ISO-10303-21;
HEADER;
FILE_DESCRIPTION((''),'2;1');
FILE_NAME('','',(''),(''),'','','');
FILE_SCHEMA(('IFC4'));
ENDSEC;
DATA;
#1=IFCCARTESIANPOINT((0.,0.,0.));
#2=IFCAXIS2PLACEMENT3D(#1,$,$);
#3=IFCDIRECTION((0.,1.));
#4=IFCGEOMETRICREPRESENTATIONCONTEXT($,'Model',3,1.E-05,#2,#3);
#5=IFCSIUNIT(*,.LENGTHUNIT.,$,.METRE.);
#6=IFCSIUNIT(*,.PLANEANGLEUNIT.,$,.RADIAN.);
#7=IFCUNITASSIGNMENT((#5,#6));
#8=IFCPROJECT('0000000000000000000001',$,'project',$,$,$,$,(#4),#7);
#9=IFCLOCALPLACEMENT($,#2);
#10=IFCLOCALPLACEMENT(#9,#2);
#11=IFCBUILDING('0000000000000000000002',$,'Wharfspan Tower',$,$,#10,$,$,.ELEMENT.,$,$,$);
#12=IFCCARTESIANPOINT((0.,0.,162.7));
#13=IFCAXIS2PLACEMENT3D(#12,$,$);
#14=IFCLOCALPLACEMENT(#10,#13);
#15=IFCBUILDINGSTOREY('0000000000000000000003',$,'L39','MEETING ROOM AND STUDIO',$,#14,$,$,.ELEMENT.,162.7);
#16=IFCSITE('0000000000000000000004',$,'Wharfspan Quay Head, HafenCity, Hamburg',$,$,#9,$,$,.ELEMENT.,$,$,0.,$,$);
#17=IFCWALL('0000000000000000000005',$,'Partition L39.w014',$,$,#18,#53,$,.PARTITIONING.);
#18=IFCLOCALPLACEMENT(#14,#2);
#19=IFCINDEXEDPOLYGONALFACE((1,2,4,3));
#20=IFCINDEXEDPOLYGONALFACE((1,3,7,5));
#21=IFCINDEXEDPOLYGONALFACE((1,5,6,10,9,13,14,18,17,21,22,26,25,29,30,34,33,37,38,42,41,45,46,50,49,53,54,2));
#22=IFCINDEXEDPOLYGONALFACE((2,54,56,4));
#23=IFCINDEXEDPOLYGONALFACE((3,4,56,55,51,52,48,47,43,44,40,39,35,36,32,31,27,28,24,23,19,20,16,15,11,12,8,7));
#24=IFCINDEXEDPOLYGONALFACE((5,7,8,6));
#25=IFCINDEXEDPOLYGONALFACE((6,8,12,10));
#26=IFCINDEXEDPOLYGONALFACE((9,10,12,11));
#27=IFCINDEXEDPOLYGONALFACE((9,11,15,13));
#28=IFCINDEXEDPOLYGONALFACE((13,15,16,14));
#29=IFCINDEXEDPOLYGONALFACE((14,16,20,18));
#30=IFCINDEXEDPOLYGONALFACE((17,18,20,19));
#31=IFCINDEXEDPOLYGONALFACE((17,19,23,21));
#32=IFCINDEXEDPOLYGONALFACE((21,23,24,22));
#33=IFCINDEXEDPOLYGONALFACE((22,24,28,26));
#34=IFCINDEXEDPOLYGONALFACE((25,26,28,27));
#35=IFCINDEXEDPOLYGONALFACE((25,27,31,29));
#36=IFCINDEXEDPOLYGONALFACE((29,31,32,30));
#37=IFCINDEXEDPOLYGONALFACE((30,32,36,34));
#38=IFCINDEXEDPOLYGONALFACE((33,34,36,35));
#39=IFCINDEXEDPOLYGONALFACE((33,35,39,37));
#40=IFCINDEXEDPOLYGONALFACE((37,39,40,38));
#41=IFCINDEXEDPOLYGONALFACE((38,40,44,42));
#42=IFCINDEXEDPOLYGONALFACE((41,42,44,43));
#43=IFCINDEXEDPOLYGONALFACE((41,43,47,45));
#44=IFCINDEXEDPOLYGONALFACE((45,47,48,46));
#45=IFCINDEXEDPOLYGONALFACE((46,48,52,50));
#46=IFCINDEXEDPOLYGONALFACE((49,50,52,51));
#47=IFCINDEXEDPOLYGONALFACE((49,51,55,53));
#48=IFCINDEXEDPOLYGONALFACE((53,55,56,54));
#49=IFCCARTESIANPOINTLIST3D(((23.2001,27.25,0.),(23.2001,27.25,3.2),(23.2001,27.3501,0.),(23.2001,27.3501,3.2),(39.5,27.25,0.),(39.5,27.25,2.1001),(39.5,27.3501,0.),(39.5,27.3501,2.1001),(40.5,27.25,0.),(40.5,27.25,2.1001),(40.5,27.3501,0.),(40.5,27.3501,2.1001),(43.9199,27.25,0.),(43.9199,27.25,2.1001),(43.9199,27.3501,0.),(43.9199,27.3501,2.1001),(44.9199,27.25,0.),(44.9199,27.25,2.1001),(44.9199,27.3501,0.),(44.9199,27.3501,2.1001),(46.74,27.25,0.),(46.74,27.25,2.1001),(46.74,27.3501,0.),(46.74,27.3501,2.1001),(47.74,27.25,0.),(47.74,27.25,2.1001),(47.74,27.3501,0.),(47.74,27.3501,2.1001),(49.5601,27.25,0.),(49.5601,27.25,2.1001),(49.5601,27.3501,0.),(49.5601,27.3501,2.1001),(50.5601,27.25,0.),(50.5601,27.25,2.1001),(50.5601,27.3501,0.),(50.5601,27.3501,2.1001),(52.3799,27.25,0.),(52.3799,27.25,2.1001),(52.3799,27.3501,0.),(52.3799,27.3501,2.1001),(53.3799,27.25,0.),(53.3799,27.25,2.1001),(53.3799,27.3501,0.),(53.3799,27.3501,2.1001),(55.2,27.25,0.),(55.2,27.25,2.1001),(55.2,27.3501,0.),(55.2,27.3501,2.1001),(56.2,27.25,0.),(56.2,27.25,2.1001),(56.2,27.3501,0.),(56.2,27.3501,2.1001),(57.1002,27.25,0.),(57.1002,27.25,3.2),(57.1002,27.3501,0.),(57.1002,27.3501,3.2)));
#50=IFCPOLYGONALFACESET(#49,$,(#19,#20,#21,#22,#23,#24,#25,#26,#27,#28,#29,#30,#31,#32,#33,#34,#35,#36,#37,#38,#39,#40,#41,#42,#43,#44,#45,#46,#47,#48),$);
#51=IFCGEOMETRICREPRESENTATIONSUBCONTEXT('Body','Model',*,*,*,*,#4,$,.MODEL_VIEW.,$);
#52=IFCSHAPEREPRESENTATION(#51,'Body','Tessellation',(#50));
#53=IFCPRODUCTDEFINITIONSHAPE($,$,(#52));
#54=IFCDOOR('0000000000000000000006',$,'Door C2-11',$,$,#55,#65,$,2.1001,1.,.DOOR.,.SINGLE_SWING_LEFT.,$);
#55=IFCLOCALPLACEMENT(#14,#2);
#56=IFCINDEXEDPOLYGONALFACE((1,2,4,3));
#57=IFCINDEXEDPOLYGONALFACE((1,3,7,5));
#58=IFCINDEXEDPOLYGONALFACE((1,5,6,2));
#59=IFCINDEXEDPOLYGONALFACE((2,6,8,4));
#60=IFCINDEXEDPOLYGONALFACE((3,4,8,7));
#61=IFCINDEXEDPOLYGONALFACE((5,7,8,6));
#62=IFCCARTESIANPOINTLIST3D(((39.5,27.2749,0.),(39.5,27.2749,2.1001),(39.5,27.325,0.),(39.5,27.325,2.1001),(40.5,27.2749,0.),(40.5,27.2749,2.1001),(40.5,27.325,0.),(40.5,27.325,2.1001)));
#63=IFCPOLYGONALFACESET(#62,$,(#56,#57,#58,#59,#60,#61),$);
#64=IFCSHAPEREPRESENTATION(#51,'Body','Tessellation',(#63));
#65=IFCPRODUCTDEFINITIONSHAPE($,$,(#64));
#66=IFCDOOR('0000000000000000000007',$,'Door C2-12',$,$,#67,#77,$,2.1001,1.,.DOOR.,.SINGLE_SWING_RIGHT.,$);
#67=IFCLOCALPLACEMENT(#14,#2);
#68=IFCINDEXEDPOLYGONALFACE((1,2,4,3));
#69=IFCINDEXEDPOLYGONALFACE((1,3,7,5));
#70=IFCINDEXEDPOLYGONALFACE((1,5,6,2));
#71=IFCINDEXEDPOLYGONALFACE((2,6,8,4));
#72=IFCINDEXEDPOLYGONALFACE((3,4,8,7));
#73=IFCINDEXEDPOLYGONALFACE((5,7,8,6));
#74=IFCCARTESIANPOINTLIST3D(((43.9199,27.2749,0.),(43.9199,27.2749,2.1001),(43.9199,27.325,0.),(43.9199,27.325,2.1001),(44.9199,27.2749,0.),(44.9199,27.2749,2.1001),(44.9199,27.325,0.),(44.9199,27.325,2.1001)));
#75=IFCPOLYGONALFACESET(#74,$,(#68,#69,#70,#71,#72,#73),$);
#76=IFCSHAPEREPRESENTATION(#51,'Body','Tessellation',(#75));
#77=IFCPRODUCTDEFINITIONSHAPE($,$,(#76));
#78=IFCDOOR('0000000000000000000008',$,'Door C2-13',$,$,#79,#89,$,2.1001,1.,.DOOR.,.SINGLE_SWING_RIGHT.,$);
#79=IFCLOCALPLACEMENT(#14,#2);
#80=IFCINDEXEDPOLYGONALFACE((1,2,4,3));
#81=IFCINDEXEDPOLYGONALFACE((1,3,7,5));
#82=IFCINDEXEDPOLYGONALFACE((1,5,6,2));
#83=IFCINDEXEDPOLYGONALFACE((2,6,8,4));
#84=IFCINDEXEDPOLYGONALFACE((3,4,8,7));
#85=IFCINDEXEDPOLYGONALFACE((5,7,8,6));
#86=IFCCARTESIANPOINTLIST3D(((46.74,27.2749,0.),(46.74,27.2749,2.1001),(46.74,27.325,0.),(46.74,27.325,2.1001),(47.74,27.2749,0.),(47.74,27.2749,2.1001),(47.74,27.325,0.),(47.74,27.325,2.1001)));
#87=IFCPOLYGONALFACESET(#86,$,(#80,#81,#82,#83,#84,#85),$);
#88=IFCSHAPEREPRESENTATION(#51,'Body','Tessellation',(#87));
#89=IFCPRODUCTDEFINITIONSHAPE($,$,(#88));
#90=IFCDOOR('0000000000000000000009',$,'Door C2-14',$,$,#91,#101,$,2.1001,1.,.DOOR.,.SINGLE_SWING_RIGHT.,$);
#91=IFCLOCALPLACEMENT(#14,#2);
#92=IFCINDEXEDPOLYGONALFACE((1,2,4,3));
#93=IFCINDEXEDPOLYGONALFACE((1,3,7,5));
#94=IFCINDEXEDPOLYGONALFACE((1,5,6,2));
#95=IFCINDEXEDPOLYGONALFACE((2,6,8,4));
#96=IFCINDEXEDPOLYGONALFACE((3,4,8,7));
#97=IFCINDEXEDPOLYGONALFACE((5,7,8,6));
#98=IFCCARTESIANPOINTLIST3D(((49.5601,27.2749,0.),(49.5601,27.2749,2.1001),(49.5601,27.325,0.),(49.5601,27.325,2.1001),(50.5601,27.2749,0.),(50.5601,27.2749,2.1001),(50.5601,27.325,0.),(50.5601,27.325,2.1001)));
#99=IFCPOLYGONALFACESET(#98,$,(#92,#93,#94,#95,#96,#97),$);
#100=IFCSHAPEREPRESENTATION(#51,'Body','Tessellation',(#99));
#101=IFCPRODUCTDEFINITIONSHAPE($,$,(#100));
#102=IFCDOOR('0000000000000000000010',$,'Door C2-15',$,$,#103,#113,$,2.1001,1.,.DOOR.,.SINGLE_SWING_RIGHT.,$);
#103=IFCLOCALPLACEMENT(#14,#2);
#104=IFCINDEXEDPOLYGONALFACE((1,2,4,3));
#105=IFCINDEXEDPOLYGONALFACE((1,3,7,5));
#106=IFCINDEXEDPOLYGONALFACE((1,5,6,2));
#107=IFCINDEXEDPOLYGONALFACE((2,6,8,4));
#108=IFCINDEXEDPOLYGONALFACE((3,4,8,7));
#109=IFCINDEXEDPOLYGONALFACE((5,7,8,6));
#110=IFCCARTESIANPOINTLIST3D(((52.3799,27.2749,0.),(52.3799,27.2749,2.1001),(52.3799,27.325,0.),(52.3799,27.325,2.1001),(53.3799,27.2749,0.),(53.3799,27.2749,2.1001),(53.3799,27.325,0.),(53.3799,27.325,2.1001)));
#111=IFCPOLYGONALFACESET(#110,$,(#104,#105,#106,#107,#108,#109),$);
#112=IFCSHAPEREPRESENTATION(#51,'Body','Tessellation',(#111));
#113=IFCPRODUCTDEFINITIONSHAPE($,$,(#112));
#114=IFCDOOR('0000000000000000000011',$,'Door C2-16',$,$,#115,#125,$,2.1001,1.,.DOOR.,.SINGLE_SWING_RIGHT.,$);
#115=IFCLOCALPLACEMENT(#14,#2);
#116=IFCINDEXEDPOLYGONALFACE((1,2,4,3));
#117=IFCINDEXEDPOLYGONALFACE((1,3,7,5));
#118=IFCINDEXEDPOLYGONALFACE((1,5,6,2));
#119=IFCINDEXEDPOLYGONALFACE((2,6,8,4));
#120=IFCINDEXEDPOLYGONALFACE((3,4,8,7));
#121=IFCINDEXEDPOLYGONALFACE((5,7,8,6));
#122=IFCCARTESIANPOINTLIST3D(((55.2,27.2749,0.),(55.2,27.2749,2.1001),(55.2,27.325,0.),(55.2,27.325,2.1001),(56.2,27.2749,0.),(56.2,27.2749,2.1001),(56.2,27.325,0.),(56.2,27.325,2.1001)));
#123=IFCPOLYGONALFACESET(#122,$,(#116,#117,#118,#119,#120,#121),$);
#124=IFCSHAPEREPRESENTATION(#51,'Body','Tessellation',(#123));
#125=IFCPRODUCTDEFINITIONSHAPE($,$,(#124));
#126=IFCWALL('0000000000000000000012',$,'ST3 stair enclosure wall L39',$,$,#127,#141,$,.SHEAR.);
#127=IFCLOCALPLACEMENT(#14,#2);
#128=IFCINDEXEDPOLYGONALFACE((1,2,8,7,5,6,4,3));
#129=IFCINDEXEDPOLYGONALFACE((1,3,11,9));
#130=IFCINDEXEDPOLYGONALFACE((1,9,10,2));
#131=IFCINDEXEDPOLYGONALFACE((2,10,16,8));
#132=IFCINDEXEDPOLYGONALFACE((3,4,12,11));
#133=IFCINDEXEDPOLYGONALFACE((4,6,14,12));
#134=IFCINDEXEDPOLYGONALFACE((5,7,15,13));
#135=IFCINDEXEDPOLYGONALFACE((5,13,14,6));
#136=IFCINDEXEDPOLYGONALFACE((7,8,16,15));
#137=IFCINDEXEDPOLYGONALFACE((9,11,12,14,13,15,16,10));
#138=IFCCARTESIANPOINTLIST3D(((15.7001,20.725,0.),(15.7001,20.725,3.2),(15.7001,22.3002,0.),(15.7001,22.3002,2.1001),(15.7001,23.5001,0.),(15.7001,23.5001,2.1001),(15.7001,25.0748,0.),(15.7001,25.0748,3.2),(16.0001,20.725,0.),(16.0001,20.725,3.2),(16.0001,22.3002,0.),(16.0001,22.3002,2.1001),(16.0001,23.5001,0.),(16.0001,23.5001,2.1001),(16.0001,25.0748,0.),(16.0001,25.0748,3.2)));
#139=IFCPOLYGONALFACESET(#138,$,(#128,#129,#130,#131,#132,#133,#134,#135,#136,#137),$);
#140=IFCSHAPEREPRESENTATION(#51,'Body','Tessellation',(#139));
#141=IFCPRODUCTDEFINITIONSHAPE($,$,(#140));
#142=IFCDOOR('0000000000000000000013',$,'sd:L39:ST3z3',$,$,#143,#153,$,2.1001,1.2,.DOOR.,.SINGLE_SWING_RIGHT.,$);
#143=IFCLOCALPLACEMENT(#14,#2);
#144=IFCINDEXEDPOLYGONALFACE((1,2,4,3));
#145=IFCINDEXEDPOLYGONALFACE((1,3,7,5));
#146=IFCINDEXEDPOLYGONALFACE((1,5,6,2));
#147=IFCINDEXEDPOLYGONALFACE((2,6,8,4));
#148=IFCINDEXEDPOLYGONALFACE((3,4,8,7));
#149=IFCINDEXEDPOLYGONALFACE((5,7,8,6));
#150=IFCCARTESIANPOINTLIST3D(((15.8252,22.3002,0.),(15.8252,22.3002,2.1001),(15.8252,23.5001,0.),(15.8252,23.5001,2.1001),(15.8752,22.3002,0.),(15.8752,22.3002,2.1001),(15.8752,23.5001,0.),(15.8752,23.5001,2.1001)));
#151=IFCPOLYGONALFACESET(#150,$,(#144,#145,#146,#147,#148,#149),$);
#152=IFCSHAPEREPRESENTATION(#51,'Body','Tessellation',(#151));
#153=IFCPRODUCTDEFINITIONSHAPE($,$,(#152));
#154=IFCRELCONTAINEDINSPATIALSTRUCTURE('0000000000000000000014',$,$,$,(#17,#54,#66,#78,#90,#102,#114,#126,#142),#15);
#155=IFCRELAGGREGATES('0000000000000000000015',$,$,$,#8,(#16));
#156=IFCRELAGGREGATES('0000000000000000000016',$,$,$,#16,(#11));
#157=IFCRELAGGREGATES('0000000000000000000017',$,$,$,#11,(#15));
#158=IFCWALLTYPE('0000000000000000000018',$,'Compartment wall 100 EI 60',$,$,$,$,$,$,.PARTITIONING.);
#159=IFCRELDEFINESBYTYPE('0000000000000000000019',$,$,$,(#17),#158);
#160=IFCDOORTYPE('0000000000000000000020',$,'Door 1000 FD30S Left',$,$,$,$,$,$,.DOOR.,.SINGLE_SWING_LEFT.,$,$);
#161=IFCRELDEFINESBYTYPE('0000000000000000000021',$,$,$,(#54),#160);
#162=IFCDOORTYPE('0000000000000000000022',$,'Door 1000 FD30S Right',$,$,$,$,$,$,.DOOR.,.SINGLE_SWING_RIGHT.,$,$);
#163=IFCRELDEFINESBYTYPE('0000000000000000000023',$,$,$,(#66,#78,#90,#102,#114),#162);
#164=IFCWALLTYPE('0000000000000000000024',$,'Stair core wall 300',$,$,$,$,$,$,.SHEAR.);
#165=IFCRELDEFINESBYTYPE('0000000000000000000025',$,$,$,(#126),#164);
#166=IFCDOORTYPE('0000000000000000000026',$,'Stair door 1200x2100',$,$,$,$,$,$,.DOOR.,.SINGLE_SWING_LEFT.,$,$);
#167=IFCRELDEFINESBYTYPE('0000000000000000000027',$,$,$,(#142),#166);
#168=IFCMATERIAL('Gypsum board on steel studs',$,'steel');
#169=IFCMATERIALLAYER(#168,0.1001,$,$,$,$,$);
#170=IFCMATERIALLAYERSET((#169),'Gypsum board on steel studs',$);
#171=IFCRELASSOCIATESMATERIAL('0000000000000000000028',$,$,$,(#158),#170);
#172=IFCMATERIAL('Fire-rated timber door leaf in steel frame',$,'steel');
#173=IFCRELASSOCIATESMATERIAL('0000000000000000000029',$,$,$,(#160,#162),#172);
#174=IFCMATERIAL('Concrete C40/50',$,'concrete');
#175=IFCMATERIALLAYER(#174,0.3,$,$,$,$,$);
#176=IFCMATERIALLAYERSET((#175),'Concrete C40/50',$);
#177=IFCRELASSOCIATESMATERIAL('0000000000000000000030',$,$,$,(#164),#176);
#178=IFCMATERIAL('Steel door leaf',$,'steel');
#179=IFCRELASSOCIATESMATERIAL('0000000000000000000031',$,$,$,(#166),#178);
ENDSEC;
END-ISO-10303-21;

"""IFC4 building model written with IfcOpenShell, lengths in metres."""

from ifc_helpers import new_model, si_unit, direction, frame, frame_2d, origin, place, context, subcontext, project, spatial, rectangle, extrude, material, layer, layer_set, type_object, element, fill, save


model = new_model("IFC4")

# Units and contexts
model_context = context("Model", 3, precision=1e-05, world=origin(), true_north=direction((0.0, 1.0)))
body_context = subcontext(model_context, "Body", "Model", "MODEL_VIEW")
ifc_project = project(units=[si_unit("LENGTHUNIT", "METRE"), si_unit("PLANEANGLEUNIT", "RADIAN")], contexts=[model_context])

# Site, building, storey
site_placement = place(None, origin())
site = spatial("IfcSite", under=ifc_project, at=site_placement, Name="Wharfspan Quay Head, HafenCity, Hamburg", CompositionType="ELEMENT", RefElevation=0.0)
building_placement = place(site_placement, origin())
building = spatial("IfcBuilding", under=site, at=building_placement, Name="Wharfspan Tower", CompositionType="ELEMENT")
storey_placement = place(building_placement, frame((0.0, 0.0, 162.7)))
storey = spatial("IfcBuildingStorey", under=building, at=storey_placement, Name="L39", Description="MEETING ROOM AND STUDIO", CompositionType="ELEMENT", Elevation=162.7)

# Shared definitions
ifc_material_1 = material(Name="Gypsum board on steel studs", Category="steel")
ifc_layer_1 = layer(ifc_material_1, 0.1001)
ifc_layer_set_1 = layer_set([ifc_layer_1], Name="Gypsum board on steel studs")
wall_type_1 = type_object("IfcWallType", Name="Compartment wall 100 EI 60", PredefinedType="PARTITIONING", material=ifc_layer_set_1)

# Shared definitions
ifc_material_2 = material(Name="Fire-rated timber door leaf in steel frame", Category="steel")
door_type_1 = type_object("IfcDoorType", Name="Door 1000 FD30S Left", OperationType="SINGLE_SWING_LEFT", PredefinedType="DOOR", material=ifc_material_2)

# Shared definitions
door_type_2 = type_object("IfcDoorType", Name="Door 1000 FD30S Right", OperationType="SINGLE_SWING_RIGHT", PredefinedType="DOOR", material=ifc_material_2)

# Wall, openings, doors
wall_1_placement = place(storey_placement, frame((23.2, 27.3, 0.0), z_axis=(0.0, 0.0, 1.0), x_axis=(1.0, 0.0, 0.0)))
wall_1 = element("IfcWall", 1, at=wall_1_placement, inside=storey, type_object=wall_type_1, Name="Partition L39.w014", PredefinedType="PARTITIONING", context=body_context, shape_type="SweptSolid", body=[
    extrude(rectangle(XDim=33.9001, YDim=0.1001, at=frame_2d((16.9502, 0.0))), origin(), (0.0, 0.0, 1.0), 3.2),
])
opening_1_placement = place(wall_1_placement, frame((16.3, 0.0, 0.0)))
opening_1 = element("IfcOpeningElement", 2, at=opening_1_placement, cuts=wall_1, PredefinedType="OPENING", context=body_context, shape_type="SweptSolid", body=[
    extrude(rectangle(XDim=1.0, YDim=2.1001, at=frame_2d((0.5, 1.05))), frame((0.0, 0.0601, 0.0), z_axis=(0.0, -1.0, 0.0), x_axis=(1.0, 0.0, 0.0)), (0.0, 0.0, 1.0), 0.1201),
])
opening_2_placement = place(wall_1_placement, frame((20.72, 0.0, 0.0)))
opening_2 = element("IfcOpeningElement", 3, at=opening_2_placement, cuts=wall_1, PredefinedType="OPENING", context=body_context, shape_type="SweptSolid", body=[
    extrude(rectangle(XDim=1.0, YDim=2.1001, at=frame_2d((0.5, 1.05))), frame((0.0, 0.0601, 0.0), z_axis=(0.0, -1.0, 0.0), x_axis=(1.0, 0.0, 0.0)), (0.0, 0.0, 1.0), 0.1201),
])
opening_3_placement = place(wall_1_placement, frame((23.54, 0.0, 0.0)))
opening_3 = element("IfcOpeningElement", 4, at=opening_3_placement, cuts=wall_1, PredefinedType="OPENING", context=body_context, shape_type="SweptSolid", body=[
    extrude(rectangle(XDim=1.0, YDim=2.1001, at=frame_2d((0.5, 1.05))), frame((0.0, 0.0601, 0.0), z_axis=(0.0, -1.0, 0.0), x_axis=(1.0, 0.0, 0.0)), (0.0, 0.0, 1.0), 0.1201),
])
opening_4_placement = place(wall_1_placement, frame((26.3601, 0.0, 0.0)))
opening_4 = element("IfcOpeningElement", 5, at=opening_4_placement, cuts=wall_1, PredefinedType="OPENING", context=body_context, shape_type="SweptSolid", body=[
    extrude(rectangle(XDim=1.0, YDim=2.1001, at=frame_2d((0.5, 1.05))), frame((0.0, 0.0601, 0.0), z_axis=(0.0, -1.0, 0.0), x_axis=(1.0, 0.0, 0.0)), (0.0, 0.0, 1.0), 0.1201),
])
opening_5_placement = place(wall_1_placement, frame((29.1799, 0.0, 0.0)))
opening_5 = element("IfcOpeningElement", 6, at=opening_5_placement, cuts=wall_1, PredefinedType="OPENING", context=body_context, shape_type="SweptSolid", body=[
    extrude(rectangle(XDim=1.0, YDim=2.1001, at=frame_2d((0.5, 1.05))), frame((0.0, 0.0601, 0.0), z_axis=(0.0, -1.0, 0.0), x_axis=(1.0, 0.0, 0.0)), (0.0, 0.0, 1.0), 0.1201),
])
opening_6_placement = place(wall_1_placement, frame((32.0, 0.0, 0.0)))
opening_6 = element("IfcOpeningElement", 7, at=opening_6_placement, cuts=wall_1, PredefinedType="OPENING", context=body_context, shape_type="SweptSolid", body=[
    extrude(rectangle(XDim=1.0, YDim=2.1001, at=frame_2d((0.5, 1.05))), frame((0.0, 0.0601, 0.0), z_axis=(0.0, -1.0, 0.0), x_axis=(1.0, 0.0, 0.0)), (0.0, 0.0, 1.0), 0.1201),
])
door_1_placement = place(opening_1_placement, origin())
door_1 = element("IfcDoor", 8, at=door_1_placement, inside=storey, type_object=door_type_1, Name="Door C2-11", OperationType="SINGLE_SWING_LEFT", OverallHeight=2.1001, OverallWidth=1.0, PredefinedType="DOOR", context=body_context, shape_type="SweptSolid", body=[
    extrude(rectangle(XDim=1.0, YDim=2.1001, at=frame_2d((0.5, 1.05))), frame((0.0, 0.0249, 0.0), z_axis=(0.0, -1.0, 0.0), x_axis=(1.0, 0.0, 0.0)), (0.0, 0.0, 1.0), 0.05),
])
fill(opening_1, door_1)
door_2_placement = place(opening_2_placement, origin())
door_2 = element("IfcDoor", 9, at=door_2_placement, inside=storey, type_object=door_type_2, Name="Door C2-12", OperationType="SINGLE_SWING_RIGHT", OverallHeight=2.1001, OverallWidth=1.0, PredefinedType="DOOR", context=body_context, shape_type="SweptSolid", body=[
    extrude(rectangle(XDim=1.0, YDim=2.1001, at=frame_2d((0.5, 1.05))), frame((0.0, 0.0249, 0.0), z_axis=(0.0, -1.0, 0.0), x_axis=(1.0, 0.0, 0.0)), (0.0, 0.0, 1.0), 0.05),
])
fill(opening_2, door_2)
door_3_placement = place(opening_3_placement, origin())
door_3 = element("IfcDoor", 10, at=door_3_placement, inside=storey, type_object=door_type_2, Name="Door C2-13", OperationType="SINGLE_SWING_RIGHT", OverallHeight=2.1001, OverallWidth=1.0, PredefinedType="DOOR", context=body_context, shape_type="SweptSolid", body=[
    extrude(rectangle(XDim=1.0, YDim=2.1001, at=frame_2d((0.5, 1.05))), frame((0.0, 0.0249, 0.0), z_axis=(0.0, -1.0, 0.0), x_axis=(1.0, 0.0, 0.0)), (0.0, 0.0, 1.0), 0.05),
])
fill(opening_3, door_3)
door_4_placement = place(opening_4_placement, origin())
door_4 = element("IfcDoor", 11, at=door_4_placement, inside=storey, type_object=door_type_2, Name="Door C2-14", OperationType="SINGLE_SWING_RIGHT", OverallHeight=2.1001, OverallWidth=1.0, PredefinedType="DOOR", context=body_context, shape_type="SweptSolid", body=[
    extrude(rectangle(XDim=1.0, YDim=2.1001, at=frame_2d((0.5, 1.05))), frame((0.0, 0.0249, 0.0), z_axis=(0.0, -1.0, 0.0), x_axis=(1.0, 0.0, 0.0)), (0.0, 0.0, 1.0), 0.05),
])
fill(opening_4, door_4)
door_5_placement = place(opening_5_placement, origin())
door_5 = element("IfcDoor", 12, at=door_5_placement, inside=storey, type_object=door_type_2, Name="Door C2-15", OperationType="SINGLE_SWING_RIGHT", OverallHeight=2.1001, OverallWidth=1.0, PredefinedType="DOOR", context=body_context, shape_type="SweptSolid", body=[
    extrude(rectangle(XDim=1.0, YDim=2.1001, at=frame_2d((0.5, 1.05))), frame((0.0, 0.0249, 0.0), z_axis=(0.0, -1.0, 0.0), x_axis=(1.0, 0.0, 0.0)), (0.0, 0.0, 1.0), 0.05),
])
fill(opening_5, door_5)
door_6_placement = place(opening_6_placement, origin())
door_6 = element("IfcDoor", 13, at=door_6_placement, inside=storey, type_object=door_type_2, Name="Door C2-16", OperationType="SINGLE_SWING_RIGHT", OverallHeight=2.1001, OverallWidth=1.0, PredefinedType="DOOR", context=body_context, shape_type="SweptSolid", body=[
    extrude(rectangle(XDim=1.0, YDim=2.1001, at=frame_2d((0.5, 1.05))), frame((0.0, 0.0249, 0.0), z_axis=(0.0, -1.0, 0.0), x_axis=(1.0, 0.0, 0.0)), (0.0, 0.0, 1.0), 0.05),
])
fill(opening_6, door_6)

# Wall, opening, door
ifc_material_3 = material(Name="Concrete C40/50", Category="concrete")
ifc_layer_2 = layer(ifc_material_3, 0.3)
ifc_layer_set_2 = layer_set([ifc_layer_2], Name="Concrete C40/50")
wall_type_2 = type_object("IfcWallType", Name="Stair core wall 300", PredefinedType="SHEAR", material=ifc_layer_set_2)
wall_2_placement = place(storey_placement, frame((15.8501, 20.7251, 0.0), z_axis=(0.0, 0.0, 1.0), x_axis=(0.0, 1.0, 0.0)))
wall_2 = element("IfcWall", 14, at=wall_2_placement, inside=storey, type_object=wall_type_2, Name="ST3 stair enclosure wall L39", PredefinedType="SHEAR", context=body_context, shape_type="SweptSolid", body=[
    extrude(rectangle(XDim=4.3499, YDim=0.3, at=frame_2d((2.1748, 0.0))), origin(), (0.0, 0.0, 1.0), 3.2),
])
opening_7_placement = place(wall_2_placement, frame((1.575, 0.0, 0.0)))
opening_7 = element("IfcOpeningElement", 15, at=opening_7_placement, cuts=wall_2, PredefinedType="OPENING", context=body_context, shape_type="SweptSolid", body=[
    extrude(rectangle(XDim=1.2, YDim=2.1001, at=frame_2d((0.6001, 1.05))), frame((0.0, 0.1599, 0.0), z_axis=(0.0, -1.0, 0.0), x_axis=(1.0, 0.0, 0.0)), (0.0, 0.0, 1.0), 0.3201),
])
ifc_material_4 = material(Name="Steel door leaf", Category="steel")
door_type_3 = type_object("IfcDoorType", Name="Stair door 1200x2100", OperationType="SINGLE_SWING_LEFT", PredefinedType="DOOR", material=ifc_material_4)
door_7_placement = place(opening_7_placement, origin())
door_7 = element("IfcDoor", 16, at=door_7_placement, inside=storey, type_object=door_type_3, Name="sd:L39:ST3z3", OperationType="SINGLE_SWING_RIGHT", OverallHeight=2.1001, OverallWidth=1.2, PredefinedType="DOOR", context=body_context, shape_type="SweptSolid", body=[
    extrude(rectangle(XDim=1.2, YDim=2.1001, at=frame_2d((0.6001, 1.05))), frame((0.0, 0.0249, 0.0), z_axis=(0.0, -1.0, 0.0), x_axis=(1.0, 0.0, 0.0)), (0.0, 0.0, 1.0), 0.05),
])
fill(opening_7, door_7)

save(model, "model.ifc")
